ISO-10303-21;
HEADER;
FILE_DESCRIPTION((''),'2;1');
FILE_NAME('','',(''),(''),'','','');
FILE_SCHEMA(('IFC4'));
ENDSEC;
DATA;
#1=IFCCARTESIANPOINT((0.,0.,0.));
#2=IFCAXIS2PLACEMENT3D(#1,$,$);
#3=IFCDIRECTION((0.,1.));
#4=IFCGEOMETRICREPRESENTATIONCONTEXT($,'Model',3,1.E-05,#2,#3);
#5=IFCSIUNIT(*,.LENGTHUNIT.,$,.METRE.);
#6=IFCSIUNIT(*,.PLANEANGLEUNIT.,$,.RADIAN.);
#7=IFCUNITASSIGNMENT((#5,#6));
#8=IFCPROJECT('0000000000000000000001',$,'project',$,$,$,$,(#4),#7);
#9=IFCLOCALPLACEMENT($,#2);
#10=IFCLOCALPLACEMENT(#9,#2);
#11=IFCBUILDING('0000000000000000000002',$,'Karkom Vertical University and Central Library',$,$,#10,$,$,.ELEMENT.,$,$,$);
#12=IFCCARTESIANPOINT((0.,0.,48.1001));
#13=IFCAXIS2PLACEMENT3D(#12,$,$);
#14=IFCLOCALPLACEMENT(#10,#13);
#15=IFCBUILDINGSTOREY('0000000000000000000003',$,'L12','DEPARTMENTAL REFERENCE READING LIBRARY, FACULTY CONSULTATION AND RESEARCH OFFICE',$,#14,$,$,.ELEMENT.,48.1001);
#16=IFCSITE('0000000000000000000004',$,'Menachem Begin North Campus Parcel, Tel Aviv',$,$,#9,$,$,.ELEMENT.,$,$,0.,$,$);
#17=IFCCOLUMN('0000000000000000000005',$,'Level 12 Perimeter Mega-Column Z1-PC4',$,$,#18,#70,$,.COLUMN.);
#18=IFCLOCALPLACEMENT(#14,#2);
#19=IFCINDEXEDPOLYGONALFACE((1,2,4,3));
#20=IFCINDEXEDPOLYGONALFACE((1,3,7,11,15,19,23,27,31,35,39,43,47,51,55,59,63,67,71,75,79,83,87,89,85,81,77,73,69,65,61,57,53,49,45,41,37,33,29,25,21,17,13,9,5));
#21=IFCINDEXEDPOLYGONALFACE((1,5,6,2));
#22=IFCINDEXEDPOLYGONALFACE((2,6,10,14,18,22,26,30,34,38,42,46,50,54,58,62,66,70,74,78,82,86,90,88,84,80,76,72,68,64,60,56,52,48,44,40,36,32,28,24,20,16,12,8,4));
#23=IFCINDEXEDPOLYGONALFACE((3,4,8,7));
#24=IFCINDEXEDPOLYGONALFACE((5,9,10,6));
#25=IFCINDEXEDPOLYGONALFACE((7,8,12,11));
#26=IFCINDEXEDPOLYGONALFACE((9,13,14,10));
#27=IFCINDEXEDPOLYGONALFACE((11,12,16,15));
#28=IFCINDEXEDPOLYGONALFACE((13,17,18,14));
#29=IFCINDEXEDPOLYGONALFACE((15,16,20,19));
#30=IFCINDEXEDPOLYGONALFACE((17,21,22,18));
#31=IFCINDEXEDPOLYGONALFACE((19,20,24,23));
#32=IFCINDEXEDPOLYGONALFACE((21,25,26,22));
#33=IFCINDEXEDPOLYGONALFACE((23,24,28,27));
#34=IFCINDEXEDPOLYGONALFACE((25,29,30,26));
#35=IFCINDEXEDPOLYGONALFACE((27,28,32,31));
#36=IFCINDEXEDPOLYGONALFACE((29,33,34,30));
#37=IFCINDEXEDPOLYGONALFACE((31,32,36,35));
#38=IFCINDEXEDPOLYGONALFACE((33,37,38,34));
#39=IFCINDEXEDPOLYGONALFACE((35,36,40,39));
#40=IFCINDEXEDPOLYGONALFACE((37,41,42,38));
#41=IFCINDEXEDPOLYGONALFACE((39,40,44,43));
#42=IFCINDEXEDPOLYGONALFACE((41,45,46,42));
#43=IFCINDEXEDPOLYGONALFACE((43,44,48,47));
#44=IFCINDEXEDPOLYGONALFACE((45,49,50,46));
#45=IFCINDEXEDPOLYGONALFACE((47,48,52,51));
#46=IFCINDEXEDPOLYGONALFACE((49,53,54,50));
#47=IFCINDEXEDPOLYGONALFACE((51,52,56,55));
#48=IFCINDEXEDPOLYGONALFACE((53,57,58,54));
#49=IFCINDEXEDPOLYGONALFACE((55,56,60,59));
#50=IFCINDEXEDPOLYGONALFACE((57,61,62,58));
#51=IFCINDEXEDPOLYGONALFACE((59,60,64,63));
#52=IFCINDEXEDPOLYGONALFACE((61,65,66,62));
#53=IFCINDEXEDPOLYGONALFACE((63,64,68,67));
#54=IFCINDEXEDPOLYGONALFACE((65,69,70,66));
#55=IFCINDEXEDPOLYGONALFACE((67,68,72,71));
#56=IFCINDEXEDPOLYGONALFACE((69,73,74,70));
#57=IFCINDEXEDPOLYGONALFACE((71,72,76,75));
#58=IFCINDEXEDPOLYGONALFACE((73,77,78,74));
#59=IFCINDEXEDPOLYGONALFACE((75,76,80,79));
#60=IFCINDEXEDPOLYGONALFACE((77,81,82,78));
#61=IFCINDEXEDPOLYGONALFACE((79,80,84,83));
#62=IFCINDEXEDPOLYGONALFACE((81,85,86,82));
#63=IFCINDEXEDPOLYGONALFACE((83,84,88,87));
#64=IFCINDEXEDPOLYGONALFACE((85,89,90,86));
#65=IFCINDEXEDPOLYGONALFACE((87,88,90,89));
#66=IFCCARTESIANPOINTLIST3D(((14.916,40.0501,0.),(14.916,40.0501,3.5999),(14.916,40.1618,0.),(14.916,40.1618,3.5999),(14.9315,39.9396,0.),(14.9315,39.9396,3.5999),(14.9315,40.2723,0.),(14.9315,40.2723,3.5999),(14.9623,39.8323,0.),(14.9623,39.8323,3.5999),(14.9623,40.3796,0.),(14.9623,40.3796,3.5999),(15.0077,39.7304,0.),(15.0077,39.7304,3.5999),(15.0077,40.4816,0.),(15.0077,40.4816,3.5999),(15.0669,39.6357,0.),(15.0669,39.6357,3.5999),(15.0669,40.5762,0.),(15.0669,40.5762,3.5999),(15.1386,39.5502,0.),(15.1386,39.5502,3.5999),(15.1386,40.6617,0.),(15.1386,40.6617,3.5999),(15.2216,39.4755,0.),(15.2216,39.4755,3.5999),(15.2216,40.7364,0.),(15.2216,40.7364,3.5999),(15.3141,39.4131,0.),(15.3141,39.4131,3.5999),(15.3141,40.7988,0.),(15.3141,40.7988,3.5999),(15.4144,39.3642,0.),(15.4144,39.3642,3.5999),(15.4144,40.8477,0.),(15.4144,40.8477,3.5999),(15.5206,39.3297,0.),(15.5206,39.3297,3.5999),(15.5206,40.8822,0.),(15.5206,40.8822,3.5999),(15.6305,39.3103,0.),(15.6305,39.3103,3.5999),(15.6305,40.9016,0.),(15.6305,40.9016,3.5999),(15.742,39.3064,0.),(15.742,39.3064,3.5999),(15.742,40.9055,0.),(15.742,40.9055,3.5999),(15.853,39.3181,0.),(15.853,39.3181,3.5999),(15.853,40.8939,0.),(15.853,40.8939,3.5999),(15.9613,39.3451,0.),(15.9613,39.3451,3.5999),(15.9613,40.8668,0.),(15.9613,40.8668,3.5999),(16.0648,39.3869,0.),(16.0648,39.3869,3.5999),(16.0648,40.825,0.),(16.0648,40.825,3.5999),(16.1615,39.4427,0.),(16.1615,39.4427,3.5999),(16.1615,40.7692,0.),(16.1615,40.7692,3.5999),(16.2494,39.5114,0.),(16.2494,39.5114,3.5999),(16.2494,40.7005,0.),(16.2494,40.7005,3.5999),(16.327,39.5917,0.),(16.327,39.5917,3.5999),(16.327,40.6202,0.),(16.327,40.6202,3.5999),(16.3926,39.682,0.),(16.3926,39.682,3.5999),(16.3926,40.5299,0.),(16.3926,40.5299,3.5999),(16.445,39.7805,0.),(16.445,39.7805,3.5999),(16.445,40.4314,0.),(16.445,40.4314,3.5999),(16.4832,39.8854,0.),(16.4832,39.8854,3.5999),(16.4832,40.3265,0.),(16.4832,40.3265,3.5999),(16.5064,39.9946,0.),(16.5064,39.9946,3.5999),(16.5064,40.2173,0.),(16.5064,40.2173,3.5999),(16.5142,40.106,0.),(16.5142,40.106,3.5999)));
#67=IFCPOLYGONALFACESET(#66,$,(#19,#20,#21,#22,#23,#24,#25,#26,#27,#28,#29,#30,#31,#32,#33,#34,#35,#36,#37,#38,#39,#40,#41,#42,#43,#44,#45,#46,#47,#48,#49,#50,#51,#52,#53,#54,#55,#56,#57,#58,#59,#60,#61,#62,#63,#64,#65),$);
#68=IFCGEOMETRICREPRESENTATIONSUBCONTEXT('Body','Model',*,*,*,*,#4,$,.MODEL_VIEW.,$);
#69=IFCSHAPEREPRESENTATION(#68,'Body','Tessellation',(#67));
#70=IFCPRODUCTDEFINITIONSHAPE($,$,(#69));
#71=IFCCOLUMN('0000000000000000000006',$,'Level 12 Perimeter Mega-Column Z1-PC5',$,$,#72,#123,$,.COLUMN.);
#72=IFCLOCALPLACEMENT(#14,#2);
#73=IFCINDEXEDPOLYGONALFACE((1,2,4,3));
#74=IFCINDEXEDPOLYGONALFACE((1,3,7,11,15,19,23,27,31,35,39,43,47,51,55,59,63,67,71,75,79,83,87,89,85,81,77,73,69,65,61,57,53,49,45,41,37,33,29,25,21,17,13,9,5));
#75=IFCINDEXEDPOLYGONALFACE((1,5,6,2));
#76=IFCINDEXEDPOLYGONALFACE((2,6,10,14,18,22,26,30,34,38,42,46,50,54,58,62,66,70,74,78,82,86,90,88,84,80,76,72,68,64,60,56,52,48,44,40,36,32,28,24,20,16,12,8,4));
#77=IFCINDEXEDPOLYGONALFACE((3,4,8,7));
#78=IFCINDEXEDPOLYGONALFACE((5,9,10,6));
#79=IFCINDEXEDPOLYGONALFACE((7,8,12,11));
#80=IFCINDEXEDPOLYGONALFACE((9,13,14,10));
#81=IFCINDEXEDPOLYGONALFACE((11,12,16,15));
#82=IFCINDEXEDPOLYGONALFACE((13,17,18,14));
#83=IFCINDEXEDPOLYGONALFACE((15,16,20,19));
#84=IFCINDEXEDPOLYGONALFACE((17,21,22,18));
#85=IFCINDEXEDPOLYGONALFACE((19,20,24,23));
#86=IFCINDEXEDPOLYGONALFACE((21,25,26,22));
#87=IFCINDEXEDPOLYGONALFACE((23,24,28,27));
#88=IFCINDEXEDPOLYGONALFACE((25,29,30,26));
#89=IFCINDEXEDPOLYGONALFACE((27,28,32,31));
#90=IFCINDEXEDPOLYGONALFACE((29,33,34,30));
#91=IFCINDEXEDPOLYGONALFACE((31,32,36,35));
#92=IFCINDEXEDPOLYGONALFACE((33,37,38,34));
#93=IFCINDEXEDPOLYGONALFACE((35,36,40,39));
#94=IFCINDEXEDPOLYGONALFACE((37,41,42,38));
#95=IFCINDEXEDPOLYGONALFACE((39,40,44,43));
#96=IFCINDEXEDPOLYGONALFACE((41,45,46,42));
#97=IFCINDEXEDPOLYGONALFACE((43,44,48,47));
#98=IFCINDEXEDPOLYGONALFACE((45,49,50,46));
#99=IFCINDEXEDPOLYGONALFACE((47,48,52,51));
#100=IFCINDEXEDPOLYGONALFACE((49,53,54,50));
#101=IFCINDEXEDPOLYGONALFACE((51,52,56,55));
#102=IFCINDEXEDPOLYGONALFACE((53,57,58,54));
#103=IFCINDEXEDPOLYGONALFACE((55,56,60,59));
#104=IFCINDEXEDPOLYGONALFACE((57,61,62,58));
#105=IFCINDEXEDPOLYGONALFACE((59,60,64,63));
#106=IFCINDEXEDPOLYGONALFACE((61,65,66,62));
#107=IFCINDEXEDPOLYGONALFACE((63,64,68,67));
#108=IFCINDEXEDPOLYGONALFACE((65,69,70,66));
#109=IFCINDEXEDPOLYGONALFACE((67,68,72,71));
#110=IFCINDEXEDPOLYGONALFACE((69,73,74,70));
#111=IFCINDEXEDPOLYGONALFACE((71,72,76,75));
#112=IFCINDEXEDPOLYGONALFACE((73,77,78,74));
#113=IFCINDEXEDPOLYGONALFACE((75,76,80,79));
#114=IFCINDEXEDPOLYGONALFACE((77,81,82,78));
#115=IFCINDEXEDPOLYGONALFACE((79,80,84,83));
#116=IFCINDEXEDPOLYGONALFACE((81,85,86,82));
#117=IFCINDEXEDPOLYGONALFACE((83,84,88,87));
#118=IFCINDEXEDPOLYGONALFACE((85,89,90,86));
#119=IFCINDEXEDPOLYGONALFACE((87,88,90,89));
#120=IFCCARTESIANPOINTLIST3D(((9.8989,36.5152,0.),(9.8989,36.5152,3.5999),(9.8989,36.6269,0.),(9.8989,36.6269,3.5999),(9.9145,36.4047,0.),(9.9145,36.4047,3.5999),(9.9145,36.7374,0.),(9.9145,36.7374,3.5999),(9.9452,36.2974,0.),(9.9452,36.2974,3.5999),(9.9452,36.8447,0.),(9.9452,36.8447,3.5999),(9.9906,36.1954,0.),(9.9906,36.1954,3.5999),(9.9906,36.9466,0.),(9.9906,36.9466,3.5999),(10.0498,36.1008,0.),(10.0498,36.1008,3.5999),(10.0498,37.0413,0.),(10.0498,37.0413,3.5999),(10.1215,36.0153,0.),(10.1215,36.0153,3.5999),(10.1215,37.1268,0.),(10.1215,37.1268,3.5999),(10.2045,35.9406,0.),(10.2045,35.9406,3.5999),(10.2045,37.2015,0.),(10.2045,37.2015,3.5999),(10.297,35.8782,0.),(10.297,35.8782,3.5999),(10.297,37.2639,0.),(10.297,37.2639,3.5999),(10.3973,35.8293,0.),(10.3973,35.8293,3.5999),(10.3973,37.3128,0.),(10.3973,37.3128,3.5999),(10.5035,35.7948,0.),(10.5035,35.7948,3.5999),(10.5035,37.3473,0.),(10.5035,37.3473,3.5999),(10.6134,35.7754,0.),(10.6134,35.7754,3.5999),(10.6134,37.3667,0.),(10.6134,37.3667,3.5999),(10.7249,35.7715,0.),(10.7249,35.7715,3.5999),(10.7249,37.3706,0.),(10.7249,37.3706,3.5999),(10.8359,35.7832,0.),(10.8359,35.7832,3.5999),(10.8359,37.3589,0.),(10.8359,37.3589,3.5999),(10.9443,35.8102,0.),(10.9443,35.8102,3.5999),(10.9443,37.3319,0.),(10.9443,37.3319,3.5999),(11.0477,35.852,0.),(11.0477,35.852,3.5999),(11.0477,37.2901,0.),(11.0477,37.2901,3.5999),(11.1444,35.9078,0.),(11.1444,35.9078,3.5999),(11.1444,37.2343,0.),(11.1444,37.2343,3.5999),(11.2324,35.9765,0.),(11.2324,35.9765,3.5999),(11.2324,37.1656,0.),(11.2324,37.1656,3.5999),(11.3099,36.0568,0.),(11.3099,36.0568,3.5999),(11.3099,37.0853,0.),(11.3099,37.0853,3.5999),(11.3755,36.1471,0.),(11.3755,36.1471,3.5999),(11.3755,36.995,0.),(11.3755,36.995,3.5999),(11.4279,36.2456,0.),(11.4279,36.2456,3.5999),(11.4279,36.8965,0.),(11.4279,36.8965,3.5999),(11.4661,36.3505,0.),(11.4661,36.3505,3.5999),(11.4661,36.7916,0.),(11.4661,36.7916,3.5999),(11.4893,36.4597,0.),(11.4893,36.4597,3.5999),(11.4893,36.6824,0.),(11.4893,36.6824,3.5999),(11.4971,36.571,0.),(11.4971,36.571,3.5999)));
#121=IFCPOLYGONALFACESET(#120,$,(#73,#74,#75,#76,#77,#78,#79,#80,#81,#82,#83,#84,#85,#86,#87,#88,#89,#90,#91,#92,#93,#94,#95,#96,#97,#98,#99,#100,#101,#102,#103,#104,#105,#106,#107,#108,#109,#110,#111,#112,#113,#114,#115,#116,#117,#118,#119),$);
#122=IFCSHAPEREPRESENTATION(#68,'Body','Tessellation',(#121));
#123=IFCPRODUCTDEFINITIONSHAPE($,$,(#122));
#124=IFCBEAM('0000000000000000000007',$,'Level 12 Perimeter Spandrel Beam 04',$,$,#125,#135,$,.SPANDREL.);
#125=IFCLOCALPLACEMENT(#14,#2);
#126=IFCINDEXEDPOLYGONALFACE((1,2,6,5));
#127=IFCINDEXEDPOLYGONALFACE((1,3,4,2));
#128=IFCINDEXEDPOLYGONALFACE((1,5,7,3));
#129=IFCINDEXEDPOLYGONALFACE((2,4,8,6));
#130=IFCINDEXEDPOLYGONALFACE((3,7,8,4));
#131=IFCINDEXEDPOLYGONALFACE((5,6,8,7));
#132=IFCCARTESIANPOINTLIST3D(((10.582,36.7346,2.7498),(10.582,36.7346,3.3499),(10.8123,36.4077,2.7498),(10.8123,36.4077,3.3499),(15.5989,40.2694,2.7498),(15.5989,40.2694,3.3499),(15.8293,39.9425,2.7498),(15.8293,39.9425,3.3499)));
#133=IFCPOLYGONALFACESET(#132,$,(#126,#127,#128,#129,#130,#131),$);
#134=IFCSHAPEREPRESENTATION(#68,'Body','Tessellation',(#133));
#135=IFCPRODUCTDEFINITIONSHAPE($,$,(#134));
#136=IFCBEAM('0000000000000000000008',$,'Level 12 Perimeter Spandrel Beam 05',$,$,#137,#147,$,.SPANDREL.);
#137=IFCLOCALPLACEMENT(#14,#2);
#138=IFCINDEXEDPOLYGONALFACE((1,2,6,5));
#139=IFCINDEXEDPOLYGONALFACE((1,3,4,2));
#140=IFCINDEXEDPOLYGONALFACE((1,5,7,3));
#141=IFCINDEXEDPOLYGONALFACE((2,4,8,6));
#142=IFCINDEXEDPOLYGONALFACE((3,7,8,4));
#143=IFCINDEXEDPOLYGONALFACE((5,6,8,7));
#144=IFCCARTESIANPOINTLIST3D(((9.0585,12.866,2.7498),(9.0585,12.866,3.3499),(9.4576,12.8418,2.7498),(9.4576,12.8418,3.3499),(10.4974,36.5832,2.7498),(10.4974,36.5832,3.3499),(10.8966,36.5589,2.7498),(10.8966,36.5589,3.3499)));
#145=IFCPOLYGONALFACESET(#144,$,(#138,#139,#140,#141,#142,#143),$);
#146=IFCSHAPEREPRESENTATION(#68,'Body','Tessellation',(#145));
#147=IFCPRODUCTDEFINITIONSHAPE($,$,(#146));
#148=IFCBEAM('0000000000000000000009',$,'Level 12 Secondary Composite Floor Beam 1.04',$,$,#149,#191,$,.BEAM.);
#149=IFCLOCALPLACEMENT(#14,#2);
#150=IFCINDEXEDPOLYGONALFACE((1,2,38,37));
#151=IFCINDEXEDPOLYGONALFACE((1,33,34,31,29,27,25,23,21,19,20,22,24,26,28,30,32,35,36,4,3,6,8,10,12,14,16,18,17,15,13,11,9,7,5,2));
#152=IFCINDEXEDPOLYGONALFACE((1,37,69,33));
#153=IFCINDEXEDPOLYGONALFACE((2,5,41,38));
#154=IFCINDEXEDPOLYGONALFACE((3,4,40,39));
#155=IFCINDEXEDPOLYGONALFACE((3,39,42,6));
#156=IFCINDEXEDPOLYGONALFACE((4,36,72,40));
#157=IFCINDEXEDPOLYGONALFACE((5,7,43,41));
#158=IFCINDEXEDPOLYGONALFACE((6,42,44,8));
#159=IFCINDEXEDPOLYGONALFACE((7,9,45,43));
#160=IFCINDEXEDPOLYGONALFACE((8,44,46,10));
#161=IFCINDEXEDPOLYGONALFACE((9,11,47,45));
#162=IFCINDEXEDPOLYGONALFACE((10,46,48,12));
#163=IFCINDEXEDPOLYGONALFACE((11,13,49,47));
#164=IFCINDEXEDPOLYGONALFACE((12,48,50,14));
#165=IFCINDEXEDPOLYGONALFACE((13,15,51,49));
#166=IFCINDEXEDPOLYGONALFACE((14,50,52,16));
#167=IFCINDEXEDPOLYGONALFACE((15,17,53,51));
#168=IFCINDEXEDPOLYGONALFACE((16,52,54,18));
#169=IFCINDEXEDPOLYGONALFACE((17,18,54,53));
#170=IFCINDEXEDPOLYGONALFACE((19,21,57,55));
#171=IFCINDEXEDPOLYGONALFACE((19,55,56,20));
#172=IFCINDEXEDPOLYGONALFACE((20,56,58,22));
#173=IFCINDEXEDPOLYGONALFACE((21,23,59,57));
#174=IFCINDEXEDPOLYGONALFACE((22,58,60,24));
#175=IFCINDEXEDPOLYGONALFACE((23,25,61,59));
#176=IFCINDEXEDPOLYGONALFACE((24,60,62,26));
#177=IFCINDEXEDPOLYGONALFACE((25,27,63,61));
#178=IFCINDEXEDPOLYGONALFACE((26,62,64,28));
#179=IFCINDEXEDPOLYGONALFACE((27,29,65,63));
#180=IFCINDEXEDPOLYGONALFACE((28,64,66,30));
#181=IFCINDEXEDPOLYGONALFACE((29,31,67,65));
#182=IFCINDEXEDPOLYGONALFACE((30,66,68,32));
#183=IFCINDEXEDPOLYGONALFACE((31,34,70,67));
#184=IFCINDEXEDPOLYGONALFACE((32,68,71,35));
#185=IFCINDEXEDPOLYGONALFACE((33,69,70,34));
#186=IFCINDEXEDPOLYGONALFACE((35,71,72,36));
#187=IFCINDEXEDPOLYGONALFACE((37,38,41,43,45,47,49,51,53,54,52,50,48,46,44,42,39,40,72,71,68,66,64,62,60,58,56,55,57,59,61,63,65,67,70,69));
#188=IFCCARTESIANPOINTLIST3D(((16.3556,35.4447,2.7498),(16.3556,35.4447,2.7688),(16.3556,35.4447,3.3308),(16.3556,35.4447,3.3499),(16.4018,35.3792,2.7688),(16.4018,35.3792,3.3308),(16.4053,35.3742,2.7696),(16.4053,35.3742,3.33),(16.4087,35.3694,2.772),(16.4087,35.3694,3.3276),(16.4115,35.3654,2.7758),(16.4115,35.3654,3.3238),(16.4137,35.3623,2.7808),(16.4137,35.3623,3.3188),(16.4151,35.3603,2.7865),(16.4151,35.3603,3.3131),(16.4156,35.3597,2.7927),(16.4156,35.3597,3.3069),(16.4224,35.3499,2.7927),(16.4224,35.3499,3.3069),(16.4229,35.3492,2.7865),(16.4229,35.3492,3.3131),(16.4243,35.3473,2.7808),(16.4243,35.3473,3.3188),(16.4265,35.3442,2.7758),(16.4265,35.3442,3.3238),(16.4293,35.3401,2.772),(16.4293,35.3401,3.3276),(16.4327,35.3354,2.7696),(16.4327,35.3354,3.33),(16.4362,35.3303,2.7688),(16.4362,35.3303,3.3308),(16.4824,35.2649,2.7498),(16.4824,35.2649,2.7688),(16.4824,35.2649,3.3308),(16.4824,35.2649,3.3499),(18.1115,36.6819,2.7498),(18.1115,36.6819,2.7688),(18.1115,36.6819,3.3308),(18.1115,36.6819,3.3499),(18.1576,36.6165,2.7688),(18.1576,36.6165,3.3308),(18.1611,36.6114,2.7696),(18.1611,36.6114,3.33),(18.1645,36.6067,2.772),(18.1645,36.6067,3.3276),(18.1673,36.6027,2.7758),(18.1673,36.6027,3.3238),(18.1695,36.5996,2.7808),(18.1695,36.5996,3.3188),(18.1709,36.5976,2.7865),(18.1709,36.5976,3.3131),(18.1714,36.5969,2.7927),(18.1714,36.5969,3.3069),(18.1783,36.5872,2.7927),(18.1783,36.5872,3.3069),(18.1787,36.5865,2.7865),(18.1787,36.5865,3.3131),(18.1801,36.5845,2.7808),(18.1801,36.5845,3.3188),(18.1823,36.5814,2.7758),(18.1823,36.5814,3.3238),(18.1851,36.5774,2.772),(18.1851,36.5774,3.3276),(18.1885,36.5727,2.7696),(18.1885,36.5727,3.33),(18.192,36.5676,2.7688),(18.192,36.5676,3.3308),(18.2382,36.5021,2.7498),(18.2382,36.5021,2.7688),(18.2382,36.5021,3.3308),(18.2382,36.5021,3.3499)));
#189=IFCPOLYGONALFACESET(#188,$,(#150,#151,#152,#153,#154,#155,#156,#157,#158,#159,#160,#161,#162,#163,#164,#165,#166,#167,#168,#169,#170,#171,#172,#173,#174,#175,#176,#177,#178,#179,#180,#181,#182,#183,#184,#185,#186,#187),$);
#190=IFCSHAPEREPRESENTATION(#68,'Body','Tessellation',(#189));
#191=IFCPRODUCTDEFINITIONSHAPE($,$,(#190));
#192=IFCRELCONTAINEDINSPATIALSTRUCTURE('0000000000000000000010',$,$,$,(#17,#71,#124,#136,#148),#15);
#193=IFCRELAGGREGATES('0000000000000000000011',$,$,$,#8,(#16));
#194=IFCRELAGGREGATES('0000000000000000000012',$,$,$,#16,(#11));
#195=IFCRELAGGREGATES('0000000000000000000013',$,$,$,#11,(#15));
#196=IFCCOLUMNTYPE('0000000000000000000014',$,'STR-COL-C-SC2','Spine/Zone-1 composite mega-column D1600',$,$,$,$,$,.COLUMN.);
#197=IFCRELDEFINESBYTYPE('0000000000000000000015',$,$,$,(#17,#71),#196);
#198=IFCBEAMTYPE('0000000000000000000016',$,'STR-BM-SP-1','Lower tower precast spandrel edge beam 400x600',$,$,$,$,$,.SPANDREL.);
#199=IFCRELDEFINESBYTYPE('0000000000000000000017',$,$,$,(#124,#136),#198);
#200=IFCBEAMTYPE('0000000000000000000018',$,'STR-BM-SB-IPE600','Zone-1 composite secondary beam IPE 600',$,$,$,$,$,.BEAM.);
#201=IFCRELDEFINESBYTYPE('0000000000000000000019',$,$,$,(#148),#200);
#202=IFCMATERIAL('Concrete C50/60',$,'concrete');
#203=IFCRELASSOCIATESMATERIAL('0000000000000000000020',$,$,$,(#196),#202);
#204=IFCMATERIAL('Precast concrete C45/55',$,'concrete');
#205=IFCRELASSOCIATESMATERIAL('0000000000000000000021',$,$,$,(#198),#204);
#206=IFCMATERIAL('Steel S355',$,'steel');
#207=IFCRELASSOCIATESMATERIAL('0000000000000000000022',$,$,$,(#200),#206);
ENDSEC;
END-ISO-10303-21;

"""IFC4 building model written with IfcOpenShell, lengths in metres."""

from ifc_helpers import new_model, si_unit, direction, frame, origin, origin_with_axes, origin_2d, place, context, subcontext, project, spatial, rectangle, circle, i_section, extrude, source, transform, mapped, material, material_profile, profile_set, type_object, element, save


model = new_model("IFC4")

# Units and contexts
model_context = context("Model", 3, precision=1e-05, world=origin(), true_north=direction((0.0, 1.0)))
body_context = subcontext(model_context, "Body", "Model", "MODEL_VIEW")
ifc_project = project(units=[si_unit("LENGTHUNIT", "METRE"), si_unit("PLANEANGLEUNIT", "RADIAN")], contexts=[model_context])

# Site, building, storey
site_placement = place(None, origin())
site = spatial("IfcSite", under=ifc_project, at=site_placement, Name="Menachem Begin North Campus Parcel, Tel Aviv", CompositionType="ELEMENT", RefElevation=0.0)
building_placement = place(site_placement, origin())
building = spatial("IfcBuilding", under=site, at=building_placement, Name="Karkom Vertical University and Central Library", CompositionType="ELEMENT")
storey_placement = place(building_placement, frame((0.0, 0.0, 48.1001)))
storey = spatial("IfcBuildingStorey", under=building, at=storey_placement, Name="L12", Description="DEPARTMENTAL REFERENCE READING LIBRARY, FACULTY CONSULTATION AND RESEARCH OFFICE", CompositionType="ELEMENT", Elevation=48.1001)

# Columns
ifc_material_1 = material(Name="Concrete C50/60", Category="concrete")
ifc_material_profile_1 = material_profile(ifc_material_1, circle(Radius=0.8, at=origin_2d()), Name="CFT-D1600")
ifc_profile_set_1 = profile_set([ifc_material_profile_1], Name="Concrete C50/60")
column_type = type_object("IfcColumnType", Name="STR-COL-C-SC2", Description="Spine/Zone-1 composite mega-column D1600", PredefinedType="COLUMN", material=ifc_profile_set_1)
shared_shape_1 = source(origin_with_axes(), body_context, "Body", "SweptSolid", [
    extrude(circle(Radius=0.8, at=origin_2d()), origin(), (0.0, 0.0, 1.0), 3.5999),
])
for number, where, z_axis, x_axis, name in (
    (1, (15.7141, 40.106, 0.0), (0.0, 0.0, 1.0), (1.0, 0.0, 0.0), "Level 12 Perimeter Mega-Column Z1-PC4"),
    (2, (10.697, 36.571, 0.0), (0.0, 0.0, 1.0), (1.0, 0.0, 0.0), "Level 12 Perimeter Mega-Column Z1-PC5"),
):
    element("IfcColumn", number, at=place(storey_placement, frame(where, z_axis=z_axis, x_axis=x_axis)), inside=storey, type_object=column_type, Name=name, PredefinedType="COLUMN", context=body_context, shape_type="MappedRepresentation", body=[
        mapped(shared_shape_1, transform((0.0, 0.0, 0.0), scale=1.0)),
    ])

# Beams
ifc_material_2 = material(Name="Precast concrete C45/55", Category="concrete")
ifc_material_profile_2 = material_profile(ifc_material_2, rectangle(XDim=0.3999, YDim=0.6001, at=origin_2d()), Name="SPB-400x600")
ifc_profile_set_2 = profile_set([ifc_material_profile_2], Name="Precast concrete C45/55")
beam_type_1 = type_object("IfcBeamType", Name="STR-BM-SP-1", Description="Lower tower precast spandrel edge beam 400x600", PredefinedType="SPANDREL", material=ifc_profile_set_2)
shared_shape_2 = source(origin_with_axes(), body_context, "Body", "SweptSolid", [
    extrude(rectangle(XDim=0.3999, YDim=0.6001, at=origin_2d()), origin(), (0.0, 0.0, 1.0), 6.1372),
])
beam_1_placement = place(storey_placement, frame((15.7141, 40.106, 3.0498), z_axis=(-0.817471, -0.575969, 0.0), x_axis=(0.575969, -0.817471, 0.0)))
element("IfcBeam", 3, at=beam_1_placement, inside=storey, type_object=beam_type_1, Name="Level 12 Perimeter Spandrel Beam 04", PredefinedType="SPANDREL", context=body_context, shape_type="MappedRepresentation", body=[
    mapped(shared_shape_2, transform((0.0, 0.0, 0.0), scale=1.0)),
])
shared_shape_3 = source(origin_with_axes(), body_context, "Body", "SweptSolid", [
    extrude(rectangle(XDim=0.3999, YDim=0.6001, at=origin_2d()), origin(), (0.0, 0.0, 1.0), 23.7607),
])
beam_2_placement = place(storey_placement, frame((10.697, 36.571, 3.0498), z_axis=(-0.060561, -0.998165, 0.0), x_axis=(0.998165, -0.060561, 0.0)))
element("IfcBeam", 4, at=beam_2_placement, inside=storey, type_object=beam_type_1, Name="Level 12 Perimeter Spandrel Beam 05", PredefinedType="SPANDREL", context=body_context, shape_type="MappedRepresentation", body=[
    mapped(shared_shape_3, transform((0.0, 0.0, 0.0), scale=1.0)),
])
ifc_material_3 = material(Name="Steel S355", Category="steel")
ifc_material_profile_3 = material_profile(ifc_material_3, i_section(OverallWidth=0.22, OverallDepth=0.6001, WebThickness=0.012, FlangeThickness=0.019, FilletRadius=0.0239, at=origin_2d()), Name="IPE 600")
ifc_profile_set_3 = profile_set([ifc_material_profile_3], Name="Steel S355")
beam_type_2 = type_object("IfcBeamType", Name="STR-BM-SB-IPE600", Description="Zone-1 composite secondary beam IPE 600", PredefinedType="BEAM", material=ifc_profile_set_3)
shared_shape_4 = source(origin_with_axes(), body_context, "Body", "SweptSolid", [
    extrude(i_section(OverallWidth=0.22, OverallDepth=0.6001, WebThickness=0.012, FlangeThickness=0.019, FilletRadius=0.0239, at=origin_2d()), origin(), (0.0, 0.0, 1.0), 2.1479),
])
beam_3_placement = place(storey_placement, frame((18.1748, 36.592, 3.0498), z_axis=(-0.817434, -0.576023, 0.0), x_axis=(0.576023, -0.817434, 0.0)))
element("IfcBeam", 5, at=beam_3_placement, inside=storey, type_object=beam_type_2, Name="Level 12 Secondary Composite Floor Beam 1.04", PredefinedType="BEAM", context=body_context, shape_type="MappedRepresentation", body=[
    mapped(shared_shape_4, transform((0.0, 0.0, 0.0), scale=1.0)),
])

save(model, "model.ifc")
